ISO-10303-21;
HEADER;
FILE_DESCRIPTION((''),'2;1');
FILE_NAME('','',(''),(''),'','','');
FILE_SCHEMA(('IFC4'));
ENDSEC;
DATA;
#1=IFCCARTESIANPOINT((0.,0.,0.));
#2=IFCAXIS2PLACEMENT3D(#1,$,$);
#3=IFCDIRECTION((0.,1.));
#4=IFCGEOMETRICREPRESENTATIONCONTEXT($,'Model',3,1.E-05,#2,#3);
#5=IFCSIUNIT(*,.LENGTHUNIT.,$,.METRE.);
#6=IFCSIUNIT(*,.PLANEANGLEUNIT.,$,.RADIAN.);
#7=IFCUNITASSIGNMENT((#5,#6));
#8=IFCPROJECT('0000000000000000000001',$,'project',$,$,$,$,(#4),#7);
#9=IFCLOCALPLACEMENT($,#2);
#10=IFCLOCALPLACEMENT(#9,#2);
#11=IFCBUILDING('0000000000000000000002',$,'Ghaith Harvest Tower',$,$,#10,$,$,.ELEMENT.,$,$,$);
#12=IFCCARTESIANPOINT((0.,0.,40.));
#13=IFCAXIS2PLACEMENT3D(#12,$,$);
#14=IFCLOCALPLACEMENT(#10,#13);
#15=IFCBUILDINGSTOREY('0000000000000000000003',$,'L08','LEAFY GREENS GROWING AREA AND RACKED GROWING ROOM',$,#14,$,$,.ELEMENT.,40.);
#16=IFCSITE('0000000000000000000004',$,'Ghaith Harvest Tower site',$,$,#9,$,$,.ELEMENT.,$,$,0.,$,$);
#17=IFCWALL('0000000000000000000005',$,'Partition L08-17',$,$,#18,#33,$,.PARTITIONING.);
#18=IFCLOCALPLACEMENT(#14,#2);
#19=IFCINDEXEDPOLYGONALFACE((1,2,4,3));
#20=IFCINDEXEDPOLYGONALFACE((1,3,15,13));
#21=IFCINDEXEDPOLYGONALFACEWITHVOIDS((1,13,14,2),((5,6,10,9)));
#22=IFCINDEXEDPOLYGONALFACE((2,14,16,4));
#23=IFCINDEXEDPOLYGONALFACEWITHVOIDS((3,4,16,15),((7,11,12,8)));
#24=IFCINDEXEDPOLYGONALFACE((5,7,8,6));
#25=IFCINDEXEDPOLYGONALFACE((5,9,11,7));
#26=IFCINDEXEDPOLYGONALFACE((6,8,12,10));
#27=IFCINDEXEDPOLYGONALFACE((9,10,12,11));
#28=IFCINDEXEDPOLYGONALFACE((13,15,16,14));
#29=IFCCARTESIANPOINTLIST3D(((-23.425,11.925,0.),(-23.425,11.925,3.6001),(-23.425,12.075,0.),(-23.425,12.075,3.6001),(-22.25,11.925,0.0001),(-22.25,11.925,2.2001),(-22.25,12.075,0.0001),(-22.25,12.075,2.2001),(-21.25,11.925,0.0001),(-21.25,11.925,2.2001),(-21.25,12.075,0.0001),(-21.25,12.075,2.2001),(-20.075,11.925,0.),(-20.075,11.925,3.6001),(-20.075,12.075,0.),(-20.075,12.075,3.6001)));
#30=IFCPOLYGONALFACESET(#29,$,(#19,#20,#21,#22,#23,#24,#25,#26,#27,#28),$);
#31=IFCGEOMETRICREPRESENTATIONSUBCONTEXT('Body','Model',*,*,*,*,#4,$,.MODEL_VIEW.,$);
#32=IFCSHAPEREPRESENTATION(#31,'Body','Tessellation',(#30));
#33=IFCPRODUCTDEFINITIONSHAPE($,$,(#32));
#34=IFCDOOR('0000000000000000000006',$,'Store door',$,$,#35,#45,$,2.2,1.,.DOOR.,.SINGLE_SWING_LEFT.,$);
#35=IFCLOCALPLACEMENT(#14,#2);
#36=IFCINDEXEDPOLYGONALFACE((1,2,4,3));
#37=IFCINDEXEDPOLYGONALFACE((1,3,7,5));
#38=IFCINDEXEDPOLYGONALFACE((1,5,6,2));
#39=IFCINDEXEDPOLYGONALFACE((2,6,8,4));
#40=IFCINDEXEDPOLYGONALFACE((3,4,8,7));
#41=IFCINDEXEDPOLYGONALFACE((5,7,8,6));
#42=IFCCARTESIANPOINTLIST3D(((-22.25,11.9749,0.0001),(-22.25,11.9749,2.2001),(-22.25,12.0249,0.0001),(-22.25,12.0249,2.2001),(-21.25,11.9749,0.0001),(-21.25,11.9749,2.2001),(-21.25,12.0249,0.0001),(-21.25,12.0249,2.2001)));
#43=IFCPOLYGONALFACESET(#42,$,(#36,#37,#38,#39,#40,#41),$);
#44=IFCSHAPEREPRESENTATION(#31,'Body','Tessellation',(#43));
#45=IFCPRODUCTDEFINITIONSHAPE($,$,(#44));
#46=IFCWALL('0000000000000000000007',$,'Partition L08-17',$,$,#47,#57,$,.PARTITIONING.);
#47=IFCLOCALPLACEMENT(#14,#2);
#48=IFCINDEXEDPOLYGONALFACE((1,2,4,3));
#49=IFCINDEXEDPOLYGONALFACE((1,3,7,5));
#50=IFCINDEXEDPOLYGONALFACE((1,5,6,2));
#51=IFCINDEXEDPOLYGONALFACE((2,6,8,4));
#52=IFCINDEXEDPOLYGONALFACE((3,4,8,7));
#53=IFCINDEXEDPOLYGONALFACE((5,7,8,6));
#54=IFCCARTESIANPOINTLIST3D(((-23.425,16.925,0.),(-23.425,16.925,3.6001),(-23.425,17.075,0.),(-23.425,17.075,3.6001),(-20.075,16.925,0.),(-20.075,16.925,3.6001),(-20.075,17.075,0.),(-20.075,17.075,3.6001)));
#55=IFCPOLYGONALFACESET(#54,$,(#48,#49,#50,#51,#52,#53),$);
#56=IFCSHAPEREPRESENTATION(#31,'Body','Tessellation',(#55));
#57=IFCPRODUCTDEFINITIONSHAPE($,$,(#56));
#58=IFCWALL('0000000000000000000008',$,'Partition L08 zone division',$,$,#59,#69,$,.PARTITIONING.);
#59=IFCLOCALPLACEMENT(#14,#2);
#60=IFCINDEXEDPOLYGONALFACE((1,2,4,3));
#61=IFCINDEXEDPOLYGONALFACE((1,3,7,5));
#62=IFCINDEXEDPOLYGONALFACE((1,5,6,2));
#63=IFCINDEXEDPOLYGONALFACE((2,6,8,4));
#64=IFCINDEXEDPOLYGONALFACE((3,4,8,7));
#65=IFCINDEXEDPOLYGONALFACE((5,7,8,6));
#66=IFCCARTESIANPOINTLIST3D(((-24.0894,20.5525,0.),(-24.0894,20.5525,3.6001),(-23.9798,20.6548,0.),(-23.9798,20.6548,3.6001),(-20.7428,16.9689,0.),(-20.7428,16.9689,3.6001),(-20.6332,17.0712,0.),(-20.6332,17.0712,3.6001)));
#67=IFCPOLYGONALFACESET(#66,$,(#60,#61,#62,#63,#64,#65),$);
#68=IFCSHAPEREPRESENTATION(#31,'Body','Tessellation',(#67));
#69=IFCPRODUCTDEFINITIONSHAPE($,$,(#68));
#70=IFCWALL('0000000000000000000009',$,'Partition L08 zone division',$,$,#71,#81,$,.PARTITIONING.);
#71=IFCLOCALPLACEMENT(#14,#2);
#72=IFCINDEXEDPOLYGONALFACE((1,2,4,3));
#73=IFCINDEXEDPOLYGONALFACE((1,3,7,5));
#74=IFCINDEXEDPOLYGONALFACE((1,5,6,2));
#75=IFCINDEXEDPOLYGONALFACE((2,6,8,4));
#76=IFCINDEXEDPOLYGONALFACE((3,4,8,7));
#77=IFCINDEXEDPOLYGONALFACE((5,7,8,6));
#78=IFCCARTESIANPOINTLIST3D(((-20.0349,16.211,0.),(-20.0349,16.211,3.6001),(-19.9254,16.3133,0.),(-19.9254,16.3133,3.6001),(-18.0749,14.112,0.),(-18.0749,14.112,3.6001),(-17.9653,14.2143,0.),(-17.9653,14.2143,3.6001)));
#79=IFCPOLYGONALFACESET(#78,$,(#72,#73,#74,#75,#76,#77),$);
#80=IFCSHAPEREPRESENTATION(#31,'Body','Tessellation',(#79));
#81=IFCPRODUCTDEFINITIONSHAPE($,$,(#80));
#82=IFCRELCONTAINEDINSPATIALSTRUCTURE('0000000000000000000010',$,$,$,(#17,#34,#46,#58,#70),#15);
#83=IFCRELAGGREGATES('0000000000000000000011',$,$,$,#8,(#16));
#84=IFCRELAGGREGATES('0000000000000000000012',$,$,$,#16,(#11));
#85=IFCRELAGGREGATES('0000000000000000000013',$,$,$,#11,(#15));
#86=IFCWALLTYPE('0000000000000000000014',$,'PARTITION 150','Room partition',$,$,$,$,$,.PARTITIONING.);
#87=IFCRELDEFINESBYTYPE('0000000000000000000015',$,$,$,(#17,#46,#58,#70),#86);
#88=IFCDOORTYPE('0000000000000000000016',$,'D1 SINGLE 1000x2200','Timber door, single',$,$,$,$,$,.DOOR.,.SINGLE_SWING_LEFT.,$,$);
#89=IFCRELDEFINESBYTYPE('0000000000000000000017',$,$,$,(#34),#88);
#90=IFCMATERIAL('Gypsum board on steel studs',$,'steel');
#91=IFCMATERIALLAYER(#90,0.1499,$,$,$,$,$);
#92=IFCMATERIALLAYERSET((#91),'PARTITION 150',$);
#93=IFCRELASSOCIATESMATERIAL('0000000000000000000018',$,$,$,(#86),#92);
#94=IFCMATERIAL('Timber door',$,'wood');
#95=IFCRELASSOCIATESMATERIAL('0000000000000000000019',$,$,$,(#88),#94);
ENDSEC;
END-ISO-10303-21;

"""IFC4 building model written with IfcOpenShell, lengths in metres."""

from ifc_helpers import new_model, si_unit, direction, frame, frame_2d, origin, place, context, subcontext, project, spatial, rectangle, extrude, material, layer, layer_set, type_object, element, fill, save


model = new_model("IFC4")

# Units and contexts
model_context = context("Model", 3, precision=1e-05, world=origin(), true_north=direction((0.0, 1.0)))
body_context = subcontext(model_context, "Body", "Model", "MODEL_VIEW")
ifc_project = project(units=[si_unit("LENGTHUNIT", "METRE"), si_unit("PLANEANGLEUNIT", "RADIAN")], contexts=[model_context])

# Site, building, storey
site_placement = place(None, origin())
site = spatial("IfcSite", under=ifc_project, at=site_placement, Name="Ghaith Harvest Tower site", CompositionType="ELEMENT", RefElevation=0.0)
building_placement = place(site_placement, origin())
building = spatial("IfcBuilding", under=site, at=building_placement, Name="Ghaith Harvest Tower", CompositionType="ELEMENT")
storey_placement = place(building_placement, frame((0.0, 0.0, 40.0)))
storey = spatial("IfcBuildingStorey", under=building, at=storey_placement, Name="L08", Description="LEAFY GREENS GROWING AREA AND RACKED GROWING ROOM", CompositionType="ELEMENT", Elevation=40.0)

# Wall, opening, door
ifc_material_1 = material(Name="Gypsum board on steel studs", Category="steel")
ifc_layer_1 = layer(ifc_material_1, 0.1499)
ifc_layer_set_1 = layer_set([ifc_layer_1], Name="PARTITION 150")
wall_type_1 = type_object("IfcWallType", Name="PARTITION 150", Description="Room partition", PredefinedType="PARTITIONING", material=ifc_layer_set_1)
wall_1_placement = place(storey_placement, frame((-23.425, 12.0, 0.0), z_axis=(0.0, 0.0, 1.0), x_axis=(1.0, 0.0, 0.0)))
wall_1 = element("IfcWall", 1, at=wall_1_placement, inside=storey, type_object=wall_type_1, Name="Partition L08-17", PredefinedType="PARTITIONING", context=body_context, shape_type="SweptSolid", body=[
    extrude(rectangle(XDim=3.3501, YDim=0.1499, at=frame_2d((1.675, 0.0))), origin(), (0.0, 0.0, 1.0), 3.6001),
])
opening_1_placement = place(wall_1_placement, frame((1.175, 0.0, 0.0)))
opening_1 = element("IfcOpeningElement", 2, at=opening_1_placement, cuts=wall_1, PredefinedType="OPENING", context=body_context, shape_type="SweptSolid", body=[
    extrude(rectangle(XDim=1.0, YDim=2.2, at=frame_2d((0.5, 1.1001))), frame((0.0, 0.085, 0.0), z_axis=(0.0, -1.0, 0.0), x_axis=(1.0, 0.0, 0.0)), (0.0, 0.0, 1.0), 0.1699),
])
ifc_material_2 = material(Name="Timber door", Category="wood")
door_type_1 = type_object("IfcDoorType", Name="D1 SINGLE 1000x2200", Description="Timber door, single", OperationType="SINGLE_SWING_LEFT", PredefinedType="DOOR", material=ifc_material_2)
door_1_placement = place(opening_1_placement, origin())
door_1 = element("IfcDoor", 3, at=door_1_placement, inside=storey, type_object=door_type_1, Name="Store door", OperationType="SINGLE_SWING_LEFT", OverallHeight=2.2, OverallWidth=1.0, PredefinedType="DOOR", context=body_context, shape_type="SweptSolid", body=[
    extrude(rectangle(XDim=1.0, YDim=2.2, at=frame_2d((0.5, 1.1001))), frame((0.0, 0.0249, 0.0), z_axis=(0.0, -1.0, 0.0), x_axis=(1.0, 0.0, 0.0)), (0.0, 0.0, 1.0), 0.05),
])
fill(opening_1, door_1)

# Walls
wall_2_placement = place(storey_placement, frame((-23.425, 17.0, 0.0), z_axis=(0.0, 0.0, 1.0), x_axis=(1.0, 0.0, 0.0)))
element("IfcWall", 4, at=wall_2_placement, inside=storey, type_object=wall_type_1, Name="Partition L08-17", PredefinedType="PARTITIONING", context=body_context, shape_type="SweptSolid", body=[
    extrude(rectangle(XDim=3.3501, YDim=0.1499, at=frame_2d((1.675, 0.0))), origin(), (0.0, 0.0, 1.0), 3.6001),
])
wall_3_placement = place(storey_placement, frame((-20.688, 17.02, 0.0), z_axis=(0.0, 0.0, 1.0), x_axis=(-0.68252, 0.730866, 0.0)))
element("IfcWall", 5, at=wall_3_placement, inside=storey, type_object=wall_type_1, Name="Partition L08 zone division", PredefinedType="PARTITIONING", context=body_context, shape_type="SweptSolid", body=[
    extrude(rectangle(XDim=4.9033, YDim=0.1499, at=frame_2d((2.4517, 0.0))), origin(), (0.0, 0.0, 1.0), 3.6001),
])
wall_4_placement = place(storey_placement, frame((-18.02, 14.1631, 0.0), z_axis=(0.0, 0.0, 1.0), x_axis=(-0.682506, 0.73088, 0.0)))
element("IfcWall", 6, at=wall_4_placement, inside=storey, type_object=wall_type_1, Name="Partition L08 zone division", PredefinedType="PARTITIONING", context=body_context, shape_type="SweptSolid", body=[
    extrude(rectangle(XDim=2.8718, YDim=0.1499, at=frame_2d((1.436, 0.0))), origin(), (0.0, 0.0, 1.0), 3.6001),
])

save(model, "model.ifc")
